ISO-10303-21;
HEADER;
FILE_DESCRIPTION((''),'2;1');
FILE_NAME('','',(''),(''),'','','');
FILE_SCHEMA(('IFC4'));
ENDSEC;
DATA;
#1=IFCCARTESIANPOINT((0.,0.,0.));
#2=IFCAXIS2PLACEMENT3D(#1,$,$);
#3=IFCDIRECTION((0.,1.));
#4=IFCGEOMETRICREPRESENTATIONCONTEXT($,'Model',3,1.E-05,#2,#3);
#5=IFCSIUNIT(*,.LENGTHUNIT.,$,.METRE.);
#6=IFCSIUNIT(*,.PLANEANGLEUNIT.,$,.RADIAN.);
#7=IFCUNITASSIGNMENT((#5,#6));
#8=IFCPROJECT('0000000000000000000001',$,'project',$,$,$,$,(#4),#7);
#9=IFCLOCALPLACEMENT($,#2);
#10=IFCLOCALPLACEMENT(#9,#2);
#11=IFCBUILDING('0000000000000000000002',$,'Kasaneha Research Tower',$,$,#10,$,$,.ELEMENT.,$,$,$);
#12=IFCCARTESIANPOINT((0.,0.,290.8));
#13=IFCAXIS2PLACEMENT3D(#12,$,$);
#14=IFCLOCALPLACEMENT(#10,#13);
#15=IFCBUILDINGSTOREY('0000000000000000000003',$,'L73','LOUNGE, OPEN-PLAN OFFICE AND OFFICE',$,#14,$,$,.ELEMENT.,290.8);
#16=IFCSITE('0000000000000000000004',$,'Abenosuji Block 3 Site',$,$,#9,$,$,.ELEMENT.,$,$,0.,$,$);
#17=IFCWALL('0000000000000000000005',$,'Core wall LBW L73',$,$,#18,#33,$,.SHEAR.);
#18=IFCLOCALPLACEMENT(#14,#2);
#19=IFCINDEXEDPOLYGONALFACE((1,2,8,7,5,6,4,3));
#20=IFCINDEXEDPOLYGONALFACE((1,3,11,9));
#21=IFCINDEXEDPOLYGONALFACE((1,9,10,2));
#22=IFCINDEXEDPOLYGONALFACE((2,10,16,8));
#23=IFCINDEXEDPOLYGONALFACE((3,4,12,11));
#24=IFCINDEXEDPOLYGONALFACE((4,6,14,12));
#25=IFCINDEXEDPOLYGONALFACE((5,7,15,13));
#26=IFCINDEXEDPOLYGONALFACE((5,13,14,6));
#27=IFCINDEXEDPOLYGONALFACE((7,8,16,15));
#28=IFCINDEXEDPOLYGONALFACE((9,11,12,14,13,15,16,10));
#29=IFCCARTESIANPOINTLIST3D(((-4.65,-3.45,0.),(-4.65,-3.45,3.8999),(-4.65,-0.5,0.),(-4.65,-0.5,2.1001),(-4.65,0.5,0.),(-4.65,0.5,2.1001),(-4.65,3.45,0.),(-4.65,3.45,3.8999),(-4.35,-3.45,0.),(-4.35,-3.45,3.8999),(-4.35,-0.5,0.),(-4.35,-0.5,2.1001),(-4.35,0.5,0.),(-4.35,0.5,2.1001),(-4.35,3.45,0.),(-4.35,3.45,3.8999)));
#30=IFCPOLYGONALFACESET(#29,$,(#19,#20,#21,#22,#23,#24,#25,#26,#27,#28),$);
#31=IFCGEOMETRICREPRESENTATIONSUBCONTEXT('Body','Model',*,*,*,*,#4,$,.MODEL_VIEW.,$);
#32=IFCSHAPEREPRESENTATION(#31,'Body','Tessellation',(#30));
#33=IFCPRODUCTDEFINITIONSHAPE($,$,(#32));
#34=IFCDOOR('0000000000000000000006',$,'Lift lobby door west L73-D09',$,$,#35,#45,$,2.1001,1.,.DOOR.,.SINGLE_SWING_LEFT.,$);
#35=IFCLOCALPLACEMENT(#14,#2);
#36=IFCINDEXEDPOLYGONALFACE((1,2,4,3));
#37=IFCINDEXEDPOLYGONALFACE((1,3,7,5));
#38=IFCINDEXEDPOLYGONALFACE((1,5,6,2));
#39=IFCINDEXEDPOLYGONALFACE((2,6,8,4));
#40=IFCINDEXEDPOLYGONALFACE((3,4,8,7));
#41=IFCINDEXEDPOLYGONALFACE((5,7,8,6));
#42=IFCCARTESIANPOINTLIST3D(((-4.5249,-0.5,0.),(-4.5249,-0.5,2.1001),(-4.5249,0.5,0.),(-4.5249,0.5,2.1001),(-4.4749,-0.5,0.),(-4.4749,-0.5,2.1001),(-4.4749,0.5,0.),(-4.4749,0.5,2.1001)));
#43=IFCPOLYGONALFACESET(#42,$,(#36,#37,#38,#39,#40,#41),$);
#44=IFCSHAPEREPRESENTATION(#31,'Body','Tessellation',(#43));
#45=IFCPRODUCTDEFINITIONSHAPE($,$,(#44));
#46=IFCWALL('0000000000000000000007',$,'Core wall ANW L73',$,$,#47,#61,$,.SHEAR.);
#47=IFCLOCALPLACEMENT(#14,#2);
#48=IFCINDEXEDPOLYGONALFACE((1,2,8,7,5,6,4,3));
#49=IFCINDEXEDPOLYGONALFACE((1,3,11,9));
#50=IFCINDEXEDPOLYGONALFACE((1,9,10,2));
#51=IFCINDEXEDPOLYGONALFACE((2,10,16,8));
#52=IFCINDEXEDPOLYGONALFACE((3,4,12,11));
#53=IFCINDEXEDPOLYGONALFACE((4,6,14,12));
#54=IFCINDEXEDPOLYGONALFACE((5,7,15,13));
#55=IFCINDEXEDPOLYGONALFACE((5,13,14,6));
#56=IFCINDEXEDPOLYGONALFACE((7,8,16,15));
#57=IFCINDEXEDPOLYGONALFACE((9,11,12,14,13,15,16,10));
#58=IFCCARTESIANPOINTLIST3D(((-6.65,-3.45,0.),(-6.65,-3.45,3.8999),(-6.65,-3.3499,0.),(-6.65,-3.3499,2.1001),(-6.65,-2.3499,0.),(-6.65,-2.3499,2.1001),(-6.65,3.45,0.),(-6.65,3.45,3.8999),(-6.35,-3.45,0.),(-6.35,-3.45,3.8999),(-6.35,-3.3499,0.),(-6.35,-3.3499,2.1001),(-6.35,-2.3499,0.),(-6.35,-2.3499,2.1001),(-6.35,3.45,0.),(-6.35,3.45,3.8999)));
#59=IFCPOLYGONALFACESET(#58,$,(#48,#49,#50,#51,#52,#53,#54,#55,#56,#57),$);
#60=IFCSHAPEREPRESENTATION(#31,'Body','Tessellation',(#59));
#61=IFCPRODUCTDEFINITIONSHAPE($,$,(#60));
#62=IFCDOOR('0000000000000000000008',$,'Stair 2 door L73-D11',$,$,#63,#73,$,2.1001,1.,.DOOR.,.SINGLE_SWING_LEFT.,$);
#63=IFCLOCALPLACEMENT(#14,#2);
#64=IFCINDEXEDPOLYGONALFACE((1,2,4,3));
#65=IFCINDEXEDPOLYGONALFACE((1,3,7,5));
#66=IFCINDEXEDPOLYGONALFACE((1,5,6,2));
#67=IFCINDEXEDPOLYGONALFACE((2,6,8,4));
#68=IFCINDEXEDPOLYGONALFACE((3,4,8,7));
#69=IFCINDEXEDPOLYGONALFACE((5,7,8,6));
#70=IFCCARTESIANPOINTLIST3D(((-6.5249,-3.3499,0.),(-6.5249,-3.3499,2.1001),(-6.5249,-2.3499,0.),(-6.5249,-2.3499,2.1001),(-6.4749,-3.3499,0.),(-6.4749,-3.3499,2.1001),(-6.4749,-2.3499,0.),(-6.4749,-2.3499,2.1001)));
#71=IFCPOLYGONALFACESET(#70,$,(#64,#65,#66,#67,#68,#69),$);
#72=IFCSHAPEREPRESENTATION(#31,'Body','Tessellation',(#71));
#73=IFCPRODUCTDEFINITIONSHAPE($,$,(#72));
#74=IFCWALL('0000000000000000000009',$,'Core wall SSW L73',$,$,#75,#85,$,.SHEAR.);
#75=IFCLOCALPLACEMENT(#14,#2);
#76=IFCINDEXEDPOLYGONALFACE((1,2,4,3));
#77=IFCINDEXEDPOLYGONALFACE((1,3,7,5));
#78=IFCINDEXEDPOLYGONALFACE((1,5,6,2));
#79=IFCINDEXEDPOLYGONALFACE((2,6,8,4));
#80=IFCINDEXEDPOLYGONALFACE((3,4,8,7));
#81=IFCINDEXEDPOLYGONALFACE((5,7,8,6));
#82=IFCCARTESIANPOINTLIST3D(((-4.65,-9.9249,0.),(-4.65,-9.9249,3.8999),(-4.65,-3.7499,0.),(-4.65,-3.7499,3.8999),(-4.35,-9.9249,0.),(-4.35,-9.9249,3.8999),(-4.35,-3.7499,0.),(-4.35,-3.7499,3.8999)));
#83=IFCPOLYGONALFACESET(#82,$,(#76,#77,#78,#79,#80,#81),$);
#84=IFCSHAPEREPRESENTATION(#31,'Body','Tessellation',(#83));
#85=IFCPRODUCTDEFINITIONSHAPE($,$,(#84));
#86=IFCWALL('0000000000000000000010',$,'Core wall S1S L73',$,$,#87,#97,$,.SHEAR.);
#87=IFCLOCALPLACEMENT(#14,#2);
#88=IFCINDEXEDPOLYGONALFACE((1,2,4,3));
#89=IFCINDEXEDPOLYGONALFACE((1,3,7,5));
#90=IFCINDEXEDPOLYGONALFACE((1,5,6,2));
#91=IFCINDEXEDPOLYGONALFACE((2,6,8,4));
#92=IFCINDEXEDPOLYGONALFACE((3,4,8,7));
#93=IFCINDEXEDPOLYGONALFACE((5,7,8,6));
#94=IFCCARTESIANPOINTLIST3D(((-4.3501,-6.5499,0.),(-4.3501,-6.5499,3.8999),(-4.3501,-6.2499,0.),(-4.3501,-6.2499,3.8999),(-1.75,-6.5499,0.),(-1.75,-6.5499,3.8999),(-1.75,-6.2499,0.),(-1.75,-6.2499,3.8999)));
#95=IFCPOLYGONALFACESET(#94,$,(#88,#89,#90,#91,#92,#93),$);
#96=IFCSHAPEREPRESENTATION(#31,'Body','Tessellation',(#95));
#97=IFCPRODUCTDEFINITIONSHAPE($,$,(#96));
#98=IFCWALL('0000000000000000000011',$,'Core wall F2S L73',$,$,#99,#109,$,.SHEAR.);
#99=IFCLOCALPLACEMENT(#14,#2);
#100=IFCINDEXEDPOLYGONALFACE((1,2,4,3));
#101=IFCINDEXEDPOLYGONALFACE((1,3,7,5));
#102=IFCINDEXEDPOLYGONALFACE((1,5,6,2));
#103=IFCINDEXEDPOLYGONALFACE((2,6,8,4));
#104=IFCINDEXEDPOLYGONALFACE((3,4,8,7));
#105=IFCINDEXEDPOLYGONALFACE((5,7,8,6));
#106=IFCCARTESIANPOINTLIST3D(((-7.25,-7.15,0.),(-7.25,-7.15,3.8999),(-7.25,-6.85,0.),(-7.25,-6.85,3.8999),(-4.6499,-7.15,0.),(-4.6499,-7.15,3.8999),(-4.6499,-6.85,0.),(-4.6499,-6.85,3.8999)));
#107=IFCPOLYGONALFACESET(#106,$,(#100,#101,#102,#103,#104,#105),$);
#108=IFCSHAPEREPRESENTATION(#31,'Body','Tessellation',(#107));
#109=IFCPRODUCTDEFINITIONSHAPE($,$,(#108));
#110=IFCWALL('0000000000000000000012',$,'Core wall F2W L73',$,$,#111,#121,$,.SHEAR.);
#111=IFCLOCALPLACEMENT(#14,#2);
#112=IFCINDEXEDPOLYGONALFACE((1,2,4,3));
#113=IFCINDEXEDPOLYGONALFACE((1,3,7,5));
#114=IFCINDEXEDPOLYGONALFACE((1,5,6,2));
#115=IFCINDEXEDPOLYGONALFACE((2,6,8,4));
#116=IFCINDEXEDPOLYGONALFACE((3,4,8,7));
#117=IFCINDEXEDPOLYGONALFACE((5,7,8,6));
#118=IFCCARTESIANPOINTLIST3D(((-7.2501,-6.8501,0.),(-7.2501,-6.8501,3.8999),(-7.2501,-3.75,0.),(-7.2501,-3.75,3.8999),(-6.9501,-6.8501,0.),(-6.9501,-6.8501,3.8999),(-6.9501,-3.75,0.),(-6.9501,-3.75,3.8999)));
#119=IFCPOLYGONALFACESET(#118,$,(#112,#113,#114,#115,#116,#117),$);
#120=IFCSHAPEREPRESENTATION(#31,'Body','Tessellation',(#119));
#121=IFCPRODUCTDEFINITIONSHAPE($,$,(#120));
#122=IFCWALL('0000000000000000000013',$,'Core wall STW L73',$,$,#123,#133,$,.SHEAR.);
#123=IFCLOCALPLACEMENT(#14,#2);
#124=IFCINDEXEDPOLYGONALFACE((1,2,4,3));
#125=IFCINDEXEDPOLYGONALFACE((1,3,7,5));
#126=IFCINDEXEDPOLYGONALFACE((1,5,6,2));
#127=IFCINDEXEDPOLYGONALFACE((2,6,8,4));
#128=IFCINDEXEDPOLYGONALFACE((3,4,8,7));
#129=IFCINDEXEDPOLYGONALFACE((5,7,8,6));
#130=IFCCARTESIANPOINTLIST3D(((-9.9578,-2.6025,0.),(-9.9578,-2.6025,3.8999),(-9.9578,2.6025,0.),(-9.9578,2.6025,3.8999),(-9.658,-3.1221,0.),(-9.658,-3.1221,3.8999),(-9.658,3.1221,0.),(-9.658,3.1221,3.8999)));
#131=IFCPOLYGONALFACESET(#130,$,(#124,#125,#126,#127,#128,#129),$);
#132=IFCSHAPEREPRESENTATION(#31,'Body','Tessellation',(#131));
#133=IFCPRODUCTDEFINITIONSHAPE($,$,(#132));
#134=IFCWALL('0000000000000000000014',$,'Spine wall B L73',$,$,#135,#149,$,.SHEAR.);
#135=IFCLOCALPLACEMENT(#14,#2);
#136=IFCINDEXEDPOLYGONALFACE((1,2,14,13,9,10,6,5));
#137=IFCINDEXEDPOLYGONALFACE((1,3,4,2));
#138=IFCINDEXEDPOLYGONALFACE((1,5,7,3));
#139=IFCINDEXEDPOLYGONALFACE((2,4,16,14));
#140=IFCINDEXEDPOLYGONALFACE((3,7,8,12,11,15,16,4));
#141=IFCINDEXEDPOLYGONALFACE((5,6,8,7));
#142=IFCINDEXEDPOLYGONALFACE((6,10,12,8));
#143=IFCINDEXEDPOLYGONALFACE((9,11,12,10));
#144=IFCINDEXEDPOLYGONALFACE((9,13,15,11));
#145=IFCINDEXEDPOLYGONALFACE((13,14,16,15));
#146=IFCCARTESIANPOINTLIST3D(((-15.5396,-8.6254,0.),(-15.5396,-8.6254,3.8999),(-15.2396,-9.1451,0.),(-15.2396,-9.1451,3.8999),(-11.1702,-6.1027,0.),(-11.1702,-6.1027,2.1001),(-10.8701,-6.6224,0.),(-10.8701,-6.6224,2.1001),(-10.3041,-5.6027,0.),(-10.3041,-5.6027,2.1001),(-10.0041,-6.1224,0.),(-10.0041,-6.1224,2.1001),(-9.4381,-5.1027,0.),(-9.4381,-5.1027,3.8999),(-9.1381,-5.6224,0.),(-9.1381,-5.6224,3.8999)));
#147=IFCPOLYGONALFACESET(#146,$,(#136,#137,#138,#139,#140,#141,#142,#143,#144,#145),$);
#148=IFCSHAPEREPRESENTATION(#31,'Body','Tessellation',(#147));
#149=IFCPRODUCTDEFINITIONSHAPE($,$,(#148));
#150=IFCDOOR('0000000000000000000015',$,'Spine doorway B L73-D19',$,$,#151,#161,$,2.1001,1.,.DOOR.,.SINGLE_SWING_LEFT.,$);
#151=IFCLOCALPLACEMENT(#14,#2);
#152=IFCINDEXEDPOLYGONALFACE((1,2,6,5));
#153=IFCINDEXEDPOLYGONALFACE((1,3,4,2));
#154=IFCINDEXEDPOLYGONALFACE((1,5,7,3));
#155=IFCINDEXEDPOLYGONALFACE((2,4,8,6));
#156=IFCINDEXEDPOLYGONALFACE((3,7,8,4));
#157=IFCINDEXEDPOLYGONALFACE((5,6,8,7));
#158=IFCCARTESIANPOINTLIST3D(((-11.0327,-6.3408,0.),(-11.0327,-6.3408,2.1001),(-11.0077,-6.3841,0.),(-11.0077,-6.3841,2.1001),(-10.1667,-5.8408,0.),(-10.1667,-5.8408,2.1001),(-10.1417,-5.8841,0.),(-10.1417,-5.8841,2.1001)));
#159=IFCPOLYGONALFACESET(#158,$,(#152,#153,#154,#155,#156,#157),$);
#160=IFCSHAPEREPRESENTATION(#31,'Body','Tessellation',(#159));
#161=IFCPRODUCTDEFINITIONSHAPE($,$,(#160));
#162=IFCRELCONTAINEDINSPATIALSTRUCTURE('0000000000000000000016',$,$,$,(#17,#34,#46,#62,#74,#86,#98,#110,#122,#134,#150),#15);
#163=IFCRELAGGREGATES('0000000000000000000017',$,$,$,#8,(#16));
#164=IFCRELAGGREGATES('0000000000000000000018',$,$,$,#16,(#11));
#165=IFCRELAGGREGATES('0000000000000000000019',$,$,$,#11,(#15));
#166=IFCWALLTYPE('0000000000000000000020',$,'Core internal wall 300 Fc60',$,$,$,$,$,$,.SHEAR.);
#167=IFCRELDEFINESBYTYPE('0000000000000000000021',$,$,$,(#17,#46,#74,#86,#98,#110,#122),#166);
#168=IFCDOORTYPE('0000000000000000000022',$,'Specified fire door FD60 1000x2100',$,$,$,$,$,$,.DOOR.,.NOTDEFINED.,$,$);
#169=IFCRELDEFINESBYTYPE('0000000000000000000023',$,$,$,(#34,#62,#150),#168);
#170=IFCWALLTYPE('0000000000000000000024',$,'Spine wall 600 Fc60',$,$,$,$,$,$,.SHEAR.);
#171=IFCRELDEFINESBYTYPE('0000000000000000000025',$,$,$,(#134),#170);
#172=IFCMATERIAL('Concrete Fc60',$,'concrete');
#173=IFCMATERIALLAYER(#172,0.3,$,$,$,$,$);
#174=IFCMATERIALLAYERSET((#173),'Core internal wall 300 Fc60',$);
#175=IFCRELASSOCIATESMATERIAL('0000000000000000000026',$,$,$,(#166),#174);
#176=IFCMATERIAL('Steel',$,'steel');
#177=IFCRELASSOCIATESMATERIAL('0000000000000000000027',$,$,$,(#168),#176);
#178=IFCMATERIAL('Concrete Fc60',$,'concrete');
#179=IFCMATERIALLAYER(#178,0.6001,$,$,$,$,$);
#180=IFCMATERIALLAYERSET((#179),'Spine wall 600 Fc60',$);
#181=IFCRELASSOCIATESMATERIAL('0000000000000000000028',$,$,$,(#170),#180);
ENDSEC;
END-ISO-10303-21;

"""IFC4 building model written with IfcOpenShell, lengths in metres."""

from ifc_helpers import new_model, si_unit, direction, frame, frame_2d, origin, place, context, subcontext, project, spatial, polyline, rectangle, outline, extrude, material, layer, layer_set, type_object, element, fill, save


model = new_model("IFC4")

# Units and contexts
model_context = context("Model", 3, precision=1e-05, world=origin(), true_north=direction((0.0, 1.0)))
body_context = subcontext(model_context, "Body", "Model", "MODEL_VIEW")
ifc_project = project(units=[si_unit("LENGTHUNIT", "METRE"), si_unit("PLANEANGLEUNIT", "RADIAN")], contexts=[model_context])

# Site, building, storey
site_placement = place(None, origin())
site = spatial("IfcSite", under=ifc_project, at=site_placement, Name="Abenosuji Block 3 Site", CompositionType="ELEMENT", RefElevation=0.0)
building_placement = place(site_placement, origin())
building = spatial("IfcBuilding", under=site, at=building_placement, Name="Kasaneha Research Tower", CompositionType="ELEMENT")
storey_placement = place(building_placement, frame((0.0, 0.0, 290.8)))
storey = spatial("IfcBuildingStorey", under=building, at=storey_placement, Name="L73", Description="LOUNGE, OPEN-PLAN OFFICE AND OFFICE", CompositionType="ELEMENT", Elevation=290.8)

# Shared definitions
ifc_material_1 = material(Name="Concrete Fc60", Category="concrete")
ifc_layer_1 = layer(ifc_material_1, 0.3)
ifc_layer_set_1 = layer_set([ifc_layer_1], Name="Core internal wall 300 Fc60")
wall_type_1 = type_object("IfcWallType", Name="Core internal wall 300 Fc60", PredefinedType="SHEAR", material=ifc_layer_set_1)

# Walls, openings, doors
wall_1_placement = place(storey_placement, frame((-4.5, -3.45, 0.0), z_axis=(0.0, 0.0, 1.0), x_axis=(0.0, 1.0, 0.0)))
wall_1 = element("IfcWall", 1, at=wall_1_placement, inside=storey, type_object=wall_type_1, Name="Core wall LBW L73", PredefinedType="SHEAR", context=body_context, shape_type="SweptSolid", body=[
    extrude(rectangle(XDim=6.8999, YDim=0.3, at=frame_2d((3.45, 0.0))), origin(), (0.0, 0.0, 1.0), 3.8999),
])
opening_1_placement = place(wall_1_placement, frame((2.95, 0.0, 0.0)))
opening_1 = element("IfcOpeningElement", 2, at=opening_1_placement, cuts=wall_1, PredefinedType="OPENING", context=body_context, shape_type="SweptSolid", body=[
    extrude(rectangle(XDim=1.0, YDim=2.1001, at=frame_2d((0.5, 1.05))), frame((0.0, 0.1602, 0.0), z_axis=(0.0, -1.0, 0.0), x_axis=(1.0, 0.0, 0.0)), (0.0, 0.0, 1.0), 0.3201),
])
ifc_material_2 = material(Name="Steel", Category="steel")
door_type_1 = type_object("IfcDoorType", Name="Specified fire door FD60 1000x2100", OperationType="NOTDEFINED", PredefinedType="DOOR", material=ifc_material_2)
door_1_placement = place(opening_1_placement, origin())
door_1 = element("IfcDoor", 3, at=door_1_placement, inside=storey, type_object=door_type_1, Name="Lift lobby door west L73-D09", OperationType="SINGLE_SWING_LEFT", OverallHeight=2.1001, OverallWidth=1.0, PredefinedType="DOOR", context=body_context, shape_type="SweptSolid", body=[
    extrude(rectangle(XDim=1.0, YDim=2.1001, at=frame_2d((0.5, 1.05))), frame((0.0, 0.0249, 0.0), z_axis=(0.0, -1.0, 0.0), x_axis=(1.0, 0.0, 0.0)), (0.0, 0.0, 1.0), 0.05),
])
fill(opening_1, door_1)
wall_2_placement = place(storey_placement, frame((-6.5, -3.45, 0.0), z_axis=(0.0, 0.0, 1.0), x_axis=(0.0, 1.0, 0.0)))
wall_2 = element("IfcWall", 4, at=wall_2_placement, inside=storey, type_object=wall_type_1, Name="Core wall ANW L73", PredefinedType="SHEAR", context=body_context, shape_type="SweptSolid", body=[
    extrude(rectangle(XDim=6.8999, YDim=0.3, at=frame_2d((3.45, 0.0))), origin(), (0.0, 0.0, 1.0), 3.8999),
])
opening_2_placement = place(wall_2_placement, frame((0.1001, 0.0, 0.0)))
opening_2 = element("IfcOpeningElement", 5, at=opening_2_placement, cuts=wall_2, PredefinedType="OPENING", context=body_context, shape_type="SweptSolid", body=[
    extrude(rectangle(XDim=1.0, YDim=2.1001, at=frame_2d((0.5, 1.05))), frame((0.0, 0.1602, 0.0), z_axis=(0.0, -1.0, 0.0), x_axis=(1.0, 0.0, 0.0)), (0.0, 0.0, 1.0), 0.3201),
])
door_2_placement = place(opening_2_placement, origin())
door_2 = element("IfcDoor", 6, at=door_2_placement, inside=storey, type_object=door_type_1, Name="Stair 2 door L73-D11", OperationType="SINGLE_SWING_LEFT", OverallHeight=2.1001, OverallWidth=1.0, PredefinedType="DOOR", context=body_context, shape_type="SweptSolid", body=[
    extrude(rectangle(XDim=1.0, YDim=2.1001, at=frame_2d((0.5, 1.05))), frame((0.0, 0.0249, 0.0), z_axis=(0.0, -1.0, 0.0), x_axis=(1.0, 0.0, 0.0)), (0.0, 0.0, 1.0), 0.05),
])
fill(opening_2, door_2)

# Walls
wall_3_placement = place(storey_placement, frame((-4.5, -3.75, 0.0), z_axis=(0.0, 0.0, 1.0), x_axis=(0.0, -1.0, 0.0)))
element("IfcWall", 7, at=wall_3_placement, inside=storey, type_object=wall_type_1, Name="Core wall SSW L73", PredefinedType="SHEAR", context=body_context, shape_type="SweptSolid", body=[
    extrude(rectangle(XDim=6.175, YDim=0.3, at=frame_2d((3.0874, 0.0))), origin(), (0.0, 0.0, 1.0), 3.8999),
])
for number, where, z_axis, x_axis, name in (
    (8, (-4.3501, -6.3999, 0.0), (0.0, 0.0, 1.0), (1.0, 0.0, 0.0), "Core wall S1S L73"),
    (9, (-7.25, -7.0, 0.0), (0.0, 0.0, 1.0), (1.0, 0.0, 0.0), "Core wall F2S L73"),
):
    element("IfcWall", number, at=place(storey_placement, frame(where, z_axis=z_axis, x_axis=x_axis)), inside=storey, type_object=wall_type_1, Name=name, PredefinedType="SHEAR", context=body_context, shape_type="SweptSolid", body=[
        extrude(rectangle(XDim=2.6001, YDim=0.3, at=frame_2d((1.3, 0.0))), origin(), (0.0, 0.0, 1.0), 3.8999),
    ])
wall_4_placement = place(storey_placement, frame((-7.1001, -3.75, 0.0), z_axis=(0.0, 0.0, 1.0), x_axis=(0.0, -1.0, 0.0)))
element("IfcWall", 10, at=wall_4_placement, inside=storey, type_object=wall_type_1, Name="Core wall F2W L73", PredefinedType="SHEAR", context=body_context, shape_type="SweptSolid", body=[
    extrude(rectangle(XDim=3.1001, YDim=0.3, at=frame_2d((1.55, 0.0))), origin(), (0.0, 0.0, 1.0), 3.8999),
])
wall_5_placement = place(storey_placement, frame((-9.8079, -2.8623, 0.0), z_axis=(0.0, 0.0, 1.0), x_axis=(0.0, 1.0, 0.0)))
element("IfcWall", 11, at=wall_5_placement, inside=storey, type_object=wall_type_1, Name="Core wall STW L73", PredefinedType="SHEAR", context=body_context, shape_type="SweptSolid", body=[
    extrude(outline(polyline([(-0.2598, -0.1499), (5.9844, -0.1499), (5.4648, 0.1499), (0.2598, 0.1499), (-0.2598, -0.1499)])), origin(), (0.0, 0.0, 1.0), 3.8999),
])

# Wall, opening, door
ifc_material_3 = material(Name="Concrete Fc60", Category="concrete")
ifc_layer_2 = layer(ifc_material_3, 0.6001)
ifc_layer_set_2 = layer_set([ifc_layer_2], Name="Spine wall 600 Fc60")
wall_type_2 = type_object("IfcWallType", Name="Spine wall 600 Fc60", PredefinedType="SHEAR", material=ifc_layer_set_2)
wall_6_placement = place(storey_placement, frame((-9.2881, -5.3625, 0.0), z_axis=(0.0, 0.0, 1.0), x_axis=(-0.866027, -0.499996, 0.0)))
wall_6 = element("IfcWall", 12, at=wall_6_placement, inside=storey, type_object=wall_type_2, Name="Spine wall B L73", PredefinedType="SHEAR", context=body_context, shape_type="SweptSolid", body=[
    extrude(rectangle(XDim=7.0454, YDim=0.6001, at=frame_2d((3.5227, 0.0))), origin(), (0.0, 0.0, 1.0), 3.8999),
])
opening_3_placement = place(wall_6_placement, frame((1.0, 0.0, 0.0)))
opening_3 = element("IfcOpeningElement", 13, at=opening_3_placement, cuts=wall_6, PredefinedType="OPENING", context=body_context, shape_type="SweptSolid", body=[
    extrude(rectangle(XDim=1.0, YDim=2.1001, at=frame_2d((0.5, 1.05))), frame((0.0, 0.3101, 0.0), z_axis=(0.0, -1.0, 0.0), x_axis=(1.0, 0.0, 0.0)), (0.0, 0.0, 1.0), 0.6201),
])
door_3_placement = place(opening_3_placement, origin())
door_3 = element("IfcDoor", 14, at=door_3_placement, inside=storey, type_object=door_type_1, Name="Spine doorway B L73-D19", OperationType="SINGLE_SWING_LEFT", OverallHeight=2.1001, OverallWidth=1.0, PredefinedType="DOOR", context=body_context, shape_type="SweptSolid", body=[
    extrude(rectangle(XDim=1.0, YDim=2.1001, at=frame_2d((0.5, 1.05))), frame((0.0, 0.0249, 0.0), z_axis=(0.0, -1.0, 0.0), x_axis=(1.0, 0.0, 0.0)), (0.0, 0.0, 1.0), 0.05),
])
fill(opening_3, door_3)

save(model, "model.ifc")
